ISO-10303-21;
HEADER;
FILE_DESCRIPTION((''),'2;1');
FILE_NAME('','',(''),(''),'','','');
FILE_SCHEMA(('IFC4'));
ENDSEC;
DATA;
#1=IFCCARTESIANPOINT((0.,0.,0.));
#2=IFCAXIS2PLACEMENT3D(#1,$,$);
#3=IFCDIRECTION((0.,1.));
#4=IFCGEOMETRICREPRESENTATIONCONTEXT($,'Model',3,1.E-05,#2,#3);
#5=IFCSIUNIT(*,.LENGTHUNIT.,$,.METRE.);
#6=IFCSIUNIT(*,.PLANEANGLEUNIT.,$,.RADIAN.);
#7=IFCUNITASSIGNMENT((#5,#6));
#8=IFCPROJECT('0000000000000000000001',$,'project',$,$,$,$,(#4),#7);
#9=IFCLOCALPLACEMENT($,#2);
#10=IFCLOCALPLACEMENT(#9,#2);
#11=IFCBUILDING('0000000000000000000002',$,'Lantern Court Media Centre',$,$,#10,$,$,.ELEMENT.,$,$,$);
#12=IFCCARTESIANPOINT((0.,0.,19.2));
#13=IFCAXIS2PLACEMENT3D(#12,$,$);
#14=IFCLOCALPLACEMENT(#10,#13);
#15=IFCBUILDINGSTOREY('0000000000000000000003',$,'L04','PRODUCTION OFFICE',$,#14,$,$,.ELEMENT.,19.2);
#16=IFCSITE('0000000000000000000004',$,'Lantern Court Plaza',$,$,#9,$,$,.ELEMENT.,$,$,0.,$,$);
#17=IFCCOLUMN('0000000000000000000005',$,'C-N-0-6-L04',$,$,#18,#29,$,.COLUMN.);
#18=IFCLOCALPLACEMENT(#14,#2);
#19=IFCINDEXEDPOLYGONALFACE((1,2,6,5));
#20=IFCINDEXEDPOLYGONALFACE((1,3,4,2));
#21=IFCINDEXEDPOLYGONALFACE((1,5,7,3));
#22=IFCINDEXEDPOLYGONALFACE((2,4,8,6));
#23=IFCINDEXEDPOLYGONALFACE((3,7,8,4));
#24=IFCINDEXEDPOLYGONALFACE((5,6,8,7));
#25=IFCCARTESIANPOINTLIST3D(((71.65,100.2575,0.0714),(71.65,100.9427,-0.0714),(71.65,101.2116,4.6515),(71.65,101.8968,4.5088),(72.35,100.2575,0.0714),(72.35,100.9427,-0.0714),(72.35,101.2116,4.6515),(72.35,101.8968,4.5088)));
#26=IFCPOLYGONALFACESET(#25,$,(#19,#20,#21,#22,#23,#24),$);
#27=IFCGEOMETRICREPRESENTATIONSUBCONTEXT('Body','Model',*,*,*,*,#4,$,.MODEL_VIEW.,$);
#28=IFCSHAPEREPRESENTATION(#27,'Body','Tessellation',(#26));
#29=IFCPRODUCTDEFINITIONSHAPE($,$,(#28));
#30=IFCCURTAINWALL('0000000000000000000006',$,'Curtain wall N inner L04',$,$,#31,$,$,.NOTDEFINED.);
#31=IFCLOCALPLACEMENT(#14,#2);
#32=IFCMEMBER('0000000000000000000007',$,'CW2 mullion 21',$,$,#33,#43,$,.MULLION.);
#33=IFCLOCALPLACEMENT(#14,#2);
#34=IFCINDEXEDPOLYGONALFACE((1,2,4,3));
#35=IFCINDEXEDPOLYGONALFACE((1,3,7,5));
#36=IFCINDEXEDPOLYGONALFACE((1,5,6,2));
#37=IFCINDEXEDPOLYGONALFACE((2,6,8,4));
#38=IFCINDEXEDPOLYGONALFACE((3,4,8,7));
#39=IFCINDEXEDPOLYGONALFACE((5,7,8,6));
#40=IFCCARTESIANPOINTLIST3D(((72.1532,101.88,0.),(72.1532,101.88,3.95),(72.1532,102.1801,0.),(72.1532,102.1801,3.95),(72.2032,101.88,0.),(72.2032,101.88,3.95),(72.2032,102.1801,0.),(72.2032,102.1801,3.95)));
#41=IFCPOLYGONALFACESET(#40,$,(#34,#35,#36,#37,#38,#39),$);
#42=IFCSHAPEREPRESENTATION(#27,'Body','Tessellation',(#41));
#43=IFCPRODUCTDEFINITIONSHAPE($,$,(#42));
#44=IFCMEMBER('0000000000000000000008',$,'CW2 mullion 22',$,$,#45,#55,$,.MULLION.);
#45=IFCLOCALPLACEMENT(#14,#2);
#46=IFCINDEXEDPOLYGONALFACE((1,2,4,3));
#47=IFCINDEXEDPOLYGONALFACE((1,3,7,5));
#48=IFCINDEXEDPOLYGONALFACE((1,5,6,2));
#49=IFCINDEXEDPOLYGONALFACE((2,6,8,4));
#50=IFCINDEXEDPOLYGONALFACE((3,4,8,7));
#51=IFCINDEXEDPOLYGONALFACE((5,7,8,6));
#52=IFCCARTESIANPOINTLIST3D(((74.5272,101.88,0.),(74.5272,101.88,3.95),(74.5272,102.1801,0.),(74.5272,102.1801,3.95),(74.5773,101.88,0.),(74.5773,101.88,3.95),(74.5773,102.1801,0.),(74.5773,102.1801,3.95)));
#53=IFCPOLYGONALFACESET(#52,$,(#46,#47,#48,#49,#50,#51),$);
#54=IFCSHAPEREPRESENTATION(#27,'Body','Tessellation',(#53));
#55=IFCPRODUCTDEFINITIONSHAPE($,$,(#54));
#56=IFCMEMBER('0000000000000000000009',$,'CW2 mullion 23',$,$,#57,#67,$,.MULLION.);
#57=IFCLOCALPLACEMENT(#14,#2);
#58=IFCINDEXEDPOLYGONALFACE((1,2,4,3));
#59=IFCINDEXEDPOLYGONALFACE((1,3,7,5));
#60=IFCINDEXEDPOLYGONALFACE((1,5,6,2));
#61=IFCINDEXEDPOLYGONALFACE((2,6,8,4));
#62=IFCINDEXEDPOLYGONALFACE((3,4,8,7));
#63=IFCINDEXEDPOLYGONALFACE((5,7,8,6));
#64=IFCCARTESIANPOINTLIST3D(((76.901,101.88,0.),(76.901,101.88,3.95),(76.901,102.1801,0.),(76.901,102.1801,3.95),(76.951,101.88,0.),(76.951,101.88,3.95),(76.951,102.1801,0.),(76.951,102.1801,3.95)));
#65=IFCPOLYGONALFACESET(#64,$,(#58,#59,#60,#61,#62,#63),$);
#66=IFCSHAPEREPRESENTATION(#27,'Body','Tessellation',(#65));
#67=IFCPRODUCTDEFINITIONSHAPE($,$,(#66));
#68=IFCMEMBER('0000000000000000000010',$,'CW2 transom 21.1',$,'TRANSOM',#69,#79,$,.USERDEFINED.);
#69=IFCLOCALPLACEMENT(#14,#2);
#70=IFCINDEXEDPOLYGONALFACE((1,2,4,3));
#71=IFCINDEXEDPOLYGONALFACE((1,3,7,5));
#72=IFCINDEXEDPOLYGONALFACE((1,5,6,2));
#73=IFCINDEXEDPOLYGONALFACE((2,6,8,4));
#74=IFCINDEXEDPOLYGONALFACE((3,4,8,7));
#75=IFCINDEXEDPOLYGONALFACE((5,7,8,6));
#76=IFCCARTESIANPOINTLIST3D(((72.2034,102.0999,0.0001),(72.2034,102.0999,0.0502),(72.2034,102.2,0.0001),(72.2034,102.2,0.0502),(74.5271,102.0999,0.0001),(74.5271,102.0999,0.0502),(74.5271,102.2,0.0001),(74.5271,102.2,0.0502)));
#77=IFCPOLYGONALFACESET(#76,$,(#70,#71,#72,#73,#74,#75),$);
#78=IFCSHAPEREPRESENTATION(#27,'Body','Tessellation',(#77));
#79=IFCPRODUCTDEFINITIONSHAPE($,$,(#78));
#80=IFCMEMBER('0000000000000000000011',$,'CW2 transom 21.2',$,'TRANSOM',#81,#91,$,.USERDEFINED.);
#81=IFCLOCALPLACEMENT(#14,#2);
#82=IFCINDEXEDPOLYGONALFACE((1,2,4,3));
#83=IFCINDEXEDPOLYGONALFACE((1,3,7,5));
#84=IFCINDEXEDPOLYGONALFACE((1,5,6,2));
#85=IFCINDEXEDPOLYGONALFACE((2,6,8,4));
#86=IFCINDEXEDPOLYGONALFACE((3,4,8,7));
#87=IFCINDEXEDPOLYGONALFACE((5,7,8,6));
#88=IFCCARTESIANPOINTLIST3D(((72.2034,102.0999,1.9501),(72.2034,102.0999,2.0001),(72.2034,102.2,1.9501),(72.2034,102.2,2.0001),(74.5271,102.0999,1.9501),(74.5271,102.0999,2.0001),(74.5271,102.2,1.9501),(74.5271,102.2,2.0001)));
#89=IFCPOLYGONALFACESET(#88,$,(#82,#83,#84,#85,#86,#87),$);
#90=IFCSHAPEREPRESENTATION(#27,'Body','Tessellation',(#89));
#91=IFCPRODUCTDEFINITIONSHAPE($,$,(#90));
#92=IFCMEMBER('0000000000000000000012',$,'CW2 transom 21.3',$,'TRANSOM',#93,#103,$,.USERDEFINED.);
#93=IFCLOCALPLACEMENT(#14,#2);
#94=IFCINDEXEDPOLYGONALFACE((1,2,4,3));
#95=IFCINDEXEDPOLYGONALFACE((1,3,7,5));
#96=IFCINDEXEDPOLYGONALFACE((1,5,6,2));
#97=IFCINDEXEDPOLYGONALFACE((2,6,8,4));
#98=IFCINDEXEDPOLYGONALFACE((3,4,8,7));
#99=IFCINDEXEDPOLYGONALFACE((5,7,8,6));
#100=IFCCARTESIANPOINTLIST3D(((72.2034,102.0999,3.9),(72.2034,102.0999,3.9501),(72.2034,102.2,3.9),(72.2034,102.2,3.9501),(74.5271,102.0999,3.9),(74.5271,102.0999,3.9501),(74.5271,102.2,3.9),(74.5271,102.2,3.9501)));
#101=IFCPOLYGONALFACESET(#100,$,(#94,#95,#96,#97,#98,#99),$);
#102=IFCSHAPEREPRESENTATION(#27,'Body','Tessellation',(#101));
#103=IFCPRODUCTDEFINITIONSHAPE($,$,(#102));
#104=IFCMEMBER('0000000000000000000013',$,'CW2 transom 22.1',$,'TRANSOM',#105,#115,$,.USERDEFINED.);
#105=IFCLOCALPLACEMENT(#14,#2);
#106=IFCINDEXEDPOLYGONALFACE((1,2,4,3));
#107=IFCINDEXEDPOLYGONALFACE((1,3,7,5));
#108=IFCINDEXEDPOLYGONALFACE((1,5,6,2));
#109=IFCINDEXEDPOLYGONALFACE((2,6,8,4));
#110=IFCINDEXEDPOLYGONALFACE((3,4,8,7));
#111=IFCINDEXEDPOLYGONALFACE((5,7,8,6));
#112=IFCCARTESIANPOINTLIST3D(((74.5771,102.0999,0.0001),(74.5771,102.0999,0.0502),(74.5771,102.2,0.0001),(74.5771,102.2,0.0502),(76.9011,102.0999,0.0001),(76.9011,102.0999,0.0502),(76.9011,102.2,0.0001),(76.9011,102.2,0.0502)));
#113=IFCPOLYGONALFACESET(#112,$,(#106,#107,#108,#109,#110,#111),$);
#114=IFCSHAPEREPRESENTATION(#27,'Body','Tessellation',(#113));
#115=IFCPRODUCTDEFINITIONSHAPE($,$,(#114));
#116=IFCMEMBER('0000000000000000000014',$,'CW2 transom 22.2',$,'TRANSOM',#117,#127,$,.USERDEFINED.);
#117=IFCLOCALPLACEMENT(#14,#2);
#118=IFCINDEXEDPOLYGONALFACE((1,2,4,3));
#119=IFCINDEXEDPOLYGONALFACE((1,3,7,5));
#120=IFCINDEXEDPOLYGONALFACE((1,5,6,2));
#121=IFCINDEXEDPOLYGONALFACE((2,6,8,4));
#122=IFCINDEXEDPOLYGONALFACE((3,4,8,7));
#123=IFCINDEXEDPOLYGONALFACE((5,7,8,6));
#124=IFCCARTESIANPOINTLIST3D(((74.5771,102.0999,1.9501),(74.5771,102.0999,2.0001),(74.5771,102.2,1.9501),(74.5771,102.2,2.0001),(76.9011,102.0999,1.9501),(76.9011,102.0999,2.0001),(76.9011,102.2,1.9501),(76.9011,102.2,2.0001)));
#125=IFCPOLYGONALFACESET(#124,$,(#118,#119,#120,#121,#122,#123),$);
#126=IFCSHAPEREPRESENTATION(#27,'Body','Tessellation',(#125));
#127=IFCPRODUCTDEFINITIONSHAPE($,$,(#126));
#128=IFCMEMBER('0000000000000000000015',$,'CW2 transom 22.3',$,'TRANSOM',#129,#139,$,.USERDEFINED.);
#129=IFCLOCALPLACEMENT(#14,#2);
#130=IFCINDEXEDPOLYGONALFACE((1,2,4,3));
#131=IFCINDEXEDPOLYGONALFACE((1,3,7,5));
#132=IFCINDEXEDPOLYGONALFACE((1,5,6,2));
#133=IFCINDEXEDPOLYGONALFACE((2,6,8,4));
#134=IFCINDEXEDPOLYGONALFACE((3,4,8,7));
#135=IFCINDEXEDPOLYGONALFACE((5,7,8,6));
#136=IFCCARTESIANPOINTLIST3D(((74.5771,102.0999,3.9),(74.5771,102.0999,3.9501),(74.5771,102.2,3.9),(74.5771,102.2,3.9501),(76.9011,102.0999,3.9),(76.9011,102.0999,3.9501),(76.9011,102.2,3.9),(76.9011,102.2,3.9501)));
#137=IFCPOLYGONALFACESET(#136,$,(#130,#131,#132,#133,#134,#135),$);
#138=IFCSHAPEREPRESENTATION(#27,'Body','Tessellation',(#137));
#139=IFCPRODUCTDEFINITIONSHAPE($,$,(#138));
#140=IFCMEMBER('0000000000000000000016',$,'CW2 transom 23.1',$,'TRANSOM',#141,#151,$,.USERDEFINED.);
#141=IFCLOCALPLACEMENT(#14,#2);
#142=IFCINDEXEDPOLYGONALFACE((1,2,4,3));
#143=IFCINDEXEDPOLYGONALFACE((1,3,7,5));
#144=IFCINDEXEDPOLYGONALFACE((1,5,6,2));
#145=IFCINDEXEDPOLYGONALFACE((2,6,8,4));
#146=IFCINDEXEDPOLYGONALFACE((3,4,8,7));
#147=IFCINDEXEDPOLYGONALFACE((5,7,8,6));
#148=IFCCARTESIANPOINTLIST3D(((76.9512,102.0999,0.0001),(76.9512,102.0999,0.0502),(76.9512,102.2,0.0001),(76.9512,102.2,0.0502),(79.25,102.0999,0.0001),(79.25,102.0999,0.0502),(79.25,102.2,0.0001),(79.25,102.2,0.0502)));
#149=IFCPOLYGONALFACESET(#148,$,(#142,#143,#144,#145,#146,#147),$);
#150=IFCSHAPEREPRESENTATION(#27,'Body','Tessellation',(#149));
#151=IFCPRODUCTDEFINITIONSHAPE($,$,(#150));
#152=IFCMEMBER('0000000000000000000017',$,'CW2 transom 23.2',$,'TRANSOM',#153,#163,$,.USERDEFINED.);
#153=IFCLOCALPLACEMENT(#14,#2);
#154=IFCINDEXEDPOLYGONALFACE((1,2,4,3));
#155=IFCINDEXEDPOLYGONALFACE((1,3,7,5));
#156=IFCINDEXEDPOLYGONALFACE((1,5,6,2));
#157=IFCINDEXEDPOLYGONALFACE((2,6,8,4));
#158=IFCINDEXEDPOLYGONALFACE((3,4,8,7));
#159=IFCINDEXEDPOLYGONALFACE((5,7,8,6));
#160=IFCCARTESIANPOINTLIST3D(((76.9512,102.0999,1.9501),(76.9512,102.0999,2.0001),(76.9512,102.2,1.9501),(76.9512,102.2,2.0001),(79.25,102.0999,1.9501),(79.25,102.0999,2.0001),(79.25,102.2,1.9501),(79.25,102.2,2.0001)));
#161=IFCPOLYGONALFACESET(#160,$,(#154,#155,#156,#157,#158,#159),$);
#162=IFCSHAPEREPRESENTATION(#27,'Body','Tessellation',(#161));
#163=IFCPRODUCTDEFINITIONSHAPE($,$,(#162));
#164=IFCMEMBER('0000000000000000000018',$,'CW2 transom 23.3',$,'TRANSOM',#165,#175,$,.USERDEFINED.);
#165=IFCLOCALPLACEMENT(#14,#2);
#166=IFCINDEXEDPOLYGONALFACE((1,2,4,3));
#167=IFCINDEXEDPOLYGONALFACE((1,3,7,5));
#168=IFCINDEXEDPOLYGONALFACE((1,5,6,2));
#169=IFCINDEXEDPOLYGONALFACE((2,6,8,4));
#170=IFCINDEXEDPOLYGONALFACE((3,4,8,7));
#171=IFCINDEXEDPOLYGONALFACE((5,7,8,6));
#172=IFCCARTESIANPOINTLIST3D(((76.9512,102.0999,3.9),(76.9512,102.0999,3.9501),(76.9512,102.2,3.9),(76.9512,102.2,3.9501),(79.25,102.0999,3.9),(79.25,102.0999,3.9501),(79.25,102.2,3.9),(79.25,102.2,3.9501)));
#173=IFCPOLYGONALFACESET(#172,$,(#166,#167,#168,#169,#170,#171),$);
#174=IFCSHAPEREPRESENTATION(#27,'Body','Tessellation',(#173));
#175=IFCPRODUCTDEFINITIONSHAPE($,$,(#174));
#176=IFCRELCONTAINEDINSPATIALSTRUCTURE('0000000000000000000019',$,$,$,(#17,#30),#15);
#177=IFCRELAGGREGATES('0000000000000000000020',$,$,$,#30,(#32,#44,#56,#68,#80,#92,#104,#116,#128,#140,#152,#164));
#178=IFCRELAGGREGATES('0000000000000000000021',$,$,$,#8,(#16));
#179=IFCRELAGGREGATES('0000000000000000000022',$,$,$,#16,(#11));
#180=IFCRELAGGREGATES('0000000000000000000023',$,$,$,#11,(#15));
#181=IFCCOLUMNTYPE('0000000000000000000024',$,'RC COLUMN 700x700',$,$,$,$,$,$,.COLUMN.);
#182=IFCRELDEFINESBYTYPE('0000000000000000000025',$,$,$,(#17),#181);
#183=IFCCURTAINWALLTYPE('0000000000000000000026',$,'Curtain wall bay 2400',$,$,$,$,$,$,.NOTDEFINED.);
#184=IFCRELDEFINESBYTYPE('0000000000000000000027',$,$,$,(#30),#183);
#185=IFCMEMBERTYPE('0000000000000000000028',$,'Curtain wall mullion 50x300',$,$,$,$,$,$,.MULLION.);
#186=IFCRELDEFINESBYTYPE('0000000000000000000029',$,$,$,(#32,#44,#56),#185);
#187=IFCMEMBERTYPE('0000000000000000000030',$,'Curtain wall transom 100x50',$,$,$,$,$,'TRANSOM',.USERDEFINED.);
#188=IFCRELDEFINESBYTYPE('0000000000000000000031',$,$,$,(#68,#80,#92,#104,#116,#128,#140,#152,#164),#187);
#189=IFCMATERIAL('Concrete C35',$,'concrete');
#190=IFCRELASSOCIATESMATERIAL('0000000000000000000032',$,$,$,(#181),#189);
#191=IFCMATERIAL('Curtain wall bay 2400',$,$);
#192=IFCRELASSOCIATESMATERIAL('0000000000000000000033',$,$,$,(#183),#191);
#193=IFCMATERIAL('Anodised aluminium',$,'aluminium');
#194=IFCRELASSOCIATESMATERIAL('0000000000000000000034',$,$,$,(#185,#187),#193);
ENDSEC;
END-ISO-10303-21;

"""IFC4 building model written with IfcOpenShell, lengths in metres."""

from ifc_helpers import new_model, si_unit, direction, frame, origin, origin_2d, place, context, subcontext, project, spatial, rectangle, extrude, material, material_profile, profile_set, type_object, element, aggregate, save


model = new_model("IFC4")

# Units and contexts
model_context = context("Model", 3, precision=1e-05, world=origin(), true_north=direction((0.0, 1.0)))
body_context = subcontext(model_context, "Body", "Model", "MODEL_VIEW")
ifc_project = project(units=[si_unit("LENGTHUNIT", "METRE"), si_unit("PLANEANGLEUNIT", "RADIAN")], contexts=[model_context])

# Site, building, storey
site_placement = place(None, origin())
site = spatial("IfcSite", under=ifc_project, at=site_placement, Name="Lantern Court Plaza", CompositionType="ELEMENT", RefElevation=0.0)
building_placement = place(site_placement, origin())
building = spatial("IfcBuilding", under=site, at=building_placement, Name="Lantern Court Media Centre", CompositionType="ELEMENT")
storey_placement = place(building_placement, frame((0.0, 0.0, 19.2)))
storey = spatial("IfcBuildingStorey", under=building, at=storey_placement, Name="L04", Description="PRODUCTION OFFICE", CompositionType="ELEMENT", Elevation=19.2)

# Column
ifc_material_1 = material(Name="Concrete C35", Category="concrete")
ifc_material_profile_1 = material_profile(ifc_material_1, rectangle(XDim=0.7, YDim=0.7, at=origin_2d()), Name="RC 700x700")
ifc_profile_set_1 = profile_set([ifc_material_profile_1], Name="Concrete C35")
column_type = type_object("IfcColumnType", Name="RC COLUMN 700x700", PredefinedType="COLUMN", material=ifc_profile_set_1)
column_placement = place(storey_placement, frame((72.0, 100.6001, 0.0), z_axis=(0.0, 0.203938, 0.978984), x_axis=(-1.0, 0.0, 0.0)))
element("IfcColumn", 1, at=column_placement, inside=storey, type_object=column_type, Name="C-N-0-6-L04", PredefinedType="COLUMN", context=body_context, shape_type="SweptSolid", body=[
    extrude(rectangle(XDim=0.7, YDim=0.7, at=origin_2d()), origin(), (0.0, 0.0, 1.0), 4.6785),
])

# Curtain wall, members
ifc_material_2 = material(Name="Curtain wall bay 2400")
curtain_wall_type = type_object("IfcCurtainWallType", Name="Curtain wall bay 2400", PredefinedType="NOTDEFINED", material=ifc_material_2)
curtain_wall_placement = place(storey_placement, origin())
curtain_wall = element("IfcCurtainWall", 2, at=curtain_wall_placement, inside=storey, type_object=curtain_wall_type, Name="Curtain wall N inner L04", PredefinedType="NOTDEFINED")
ifc_material_3 = material(Name="Anodised aluminium", Category="aluminium")
ifc_material_profile_2 = material_profile(ifc_material_3, rectangle(XDim=0.3, YDim=0.05, at=origin_2d()), Name="AL 50x300")
ifc_profile_set_2 = profile_set([ifc_material_profile_2], Name="Anodised aluminium")
member_type_1 = type_object("IfcMemberType", Name="Curtain wall mullion 50x300", PredefinedType="MULLION", material=ifc_profile_set_2)
member_1_placement = place(storey_placement, frame((72.1782, 102.03, 0.0), z_axis=(0.0, 0.0, 1.0), x_axis=(0.0, 1.0, 0.0)))
member_1 = element("IfcMember", 3, at=member_1_placement, type_object=member_type_1, Name="CW2 mullion 21", PredefinedType="MULLION", context=body_context, shape_type="SweptSolid", body=[
    extrude(rectangle(XDim=0.3, YDim=0.05, at=origin_2d()), origin(), (0.0, 0.0, 1.0), 3.95),
])
member_2_placement = place(storey_placement, frame((74.5522, 102.03, 0.0), z_axis=(0.0, 0.0, 1.0), x_axis=(0.0, 1.0, 0.0)))
member_2 = element("IfcMember", 4, at=member_2_placement, type_object=member_type_1, Name="CW2 mullion 22", PredefinedType="MULLION", context=body_context, shape_type="SweptSolid", body=[
    extrude(rectangle(XDim=0.3, YDim=0.05, at=origin_2d()), origin(), (0.0, 0.0, 1.0), 3.95),
])
member_3_placement = place(storey_placement, frame((76.926, 102.03, 0.0), z_axis=(0.0, 0.0, 1.0), x_axis=(0.0, 1.0, 0.0)))
member_3 = element("IfcMember", 5, at=member_3_placement, type_object=member_type_1, Name="CW2 mullion 23", PredefinedType="MULLION", context=body_context, shape_type="SweptSolid", body=[
    extrude(rectangle(XDim=0.3, YDim=0.05, at=origin_2d()), origin(), (0.0, 0.0, 1.0), 3.95),
])
ifc_material_profile_3 = material_profile(ifc_material_3, rectangle(XDim=0.1001, YDim=0.05, at=origin_2d()), Name="AL 50x100")
ifc_profile_set_3 = profile_set([ifc_material_profile_3], Name="Anodised aluminium")
member_type_2 = type_object("IfcMemberType", Name="Curtain wall transom 100x50", ElementType="TRANSOM", PredefinedType="USERDEFINED", material=ifc_profile_set_3)
member_4_placement = place(storey_placement, frame((72.2034, 102.1499, 0.0251), z_axis=(1.0, 0.0, 0.0), x_axis=(0.0, 1.0, 0.0)))
member_4 = element("IfcMember", 6, at=member_4_placement, type_object=member_type_2, Name="CW2 transom 21.1", ObjectType="TRANSOM", PredefinedType="USERDEFINED", context=body_context, shape_type="SweptSolid", body=[
    extrude(rectangle(XDim=0.1001, YDim=0.05, at=origin_2d()), origin(), (0.0, 0.0, 1.0), 2.3237),
])
member_5_placement = place(storey_placement, frame((72.2034, 102.1499, 1.9751), z_axis=(1.0, 0.0, 0.0), x_axis=(0.0, 1.0, 0.0)))
member_5 = element("IfcMember", 7, at=member_5_placement, type_object=member_type_2, Name="CW2 transom 21.2", ObjectType="TRANSOM", PredefinedType="USERDEFINED", context=body_context, shape_type="SweptSolid", body=[
    extrude(rectangle(XDim=0.1001, YDim=0.05, at=origin_2d()), origin(), (0.0, 0.0, 1.0), 2.3237),
])
member_6_placement = place(storey_placement, frame((72.2034, 102.1499, 3.925), z_axis=(1.0, 0.0, 0.0), x_axis=(0.0, 1.0, 0.0)))
member_6 = element("IfcMember", 8, at=member_6_placement, type_object=member_type_2, Name="CW2 transom 21.3", ObjectType="TRANSOM", PredefinedType="USERDEFINED", context=body_context, shape_type="SweptSolid", body=[
    extrude(rectangle(XDim=0.1001, YDim=0.05, at=origin_2d()), origin(), (0.0, 0.0, 1.0), 2.3237),
])
member_7_placement = place(storey_placement, frame((74.5771, 102.1499, 0.0251), z_axis=(1.0, 0.0, 0.0), x_axis=(0.0, 1.0, 0.0)))
member_7 = element("IfcMember", 9, at=member_7_placement, type_object=member_type_2, Name="CW2 transom 22.1", ObjectType="TRANSOM", PredefinedType="USERDEFINED", context=body_context, shape_type="SweptSolid", body=[
    extrude(rectangle(XDim=0.1001, YDim=0.05, at=origin_2d()), origin(), (0.0, 0.0, 1.0), 2.324),
])
member_8_placement = place(storey_placement, frame((74.5771, 102.1499, 1.9751), z_axis=(1.0, 0.0, 0.0), x_axis=(0.0, 1.0, 0.0)))
member_8 = element("IfcMember", 10, at=member_8_placement, type_object=member_type_2, Name="CW2 transom 22.2", ObjectType="TRANSOM", PredefinedType="USERDEFINED", context=body_context, shape_type="SweptSolid", body=[
    extrude(rectangle(XDim=0.1001, YDim=0.05, at=origin_2d()), origin(), (0.0, 0.0, 1.0), 2.324),
])
member_9_placement = place(storey_placement, frame((74.5771, 102.1499, 3.925), z_axis=(1.0, 0.0, 0.0), x_axis=(0.0, 1.0, 0.0)))
member_9 = element("IfcMember", 11, at=member_9_placement, type_object=member_type_2, Name="CW2 transom 22.3", ObjectType="TRANSOM", PredefinedType="USERDEFINED", context=body_context, shape_type="SweptSolid", body=[
    extrude(rectangle(XDim=0.1001, YDim=0.05, at=origin_2d()), origin(), (0.0, 0.0, 1.0), 2.324),
])
member_10_placement = place(storey_placement, frame((76.9512, 102.1499, 0.0251), z_axis=(1.0, 0.0, 0.0), x_axis=(0.0, 1.0, 0.0)))
member_10 = element("IfcMember", 12, at=member_10_placement, type_object=member_type_2, Name="CW2 transom 23.1", ObjectType="TRANSOM", PredefinedType="USERDEFINED", context=body_context, shape_type="SweptSolid", body=[
    extrude(rectangle(XDim=0.1001, YDim=0.05, at=origin_2d()), origin(), (0.0, 0.0, 1.0), 2.2988),
])
member_11_placement = place(storey_placement, frame((76.9512, 102.1499, 1.9751), z_axis=(1.0, 0.0, 0.0), x_axis=(0.0, 1.0, 0.0)))
member_11 = element("IfcMember", 13, at=member_11_placement, type_object=member_type_2, Name="CW2 transom 23.2", ObjectType="TRANSOM", PredefinedType="USERDEFINED", context=body_context, shape_type="SweptSolid", body=[
    extrude(rectangle(XDim=0.1001, YDim=0.05, at=origin_2d()), origin(), (0.0, 0.0, 1.0), 2.2988),
])
member_12_placement = place(storey_placement, frame((76.9512, 102.1499, 3.925), z_axis=(1.0, 0.0, 0.0), x_axis=(0.0, 1.0, 0.0)))
member_12 = element("IfcMember", 14, at=member_12_placement, type_object=member_type_2, Name="CW2 transom 23.3", ObjectType="TRANSOM", PredefinedType="USERDEFINED", context=body_context, shape_type="SweptSolid", body=[
    extrude(rectangle(XDim=0.1001, YDim=0.05, at=origin_2d()), origin(), (0.0, 0.0, 1.0), 2.2988),
])

aggregate(curtain_wall, [member_1, member_2, member_3, member_4, member_5, member_6, member_7, member_8, member_9, member_10, member_11, member_12])

save(model, "model.ifc")
